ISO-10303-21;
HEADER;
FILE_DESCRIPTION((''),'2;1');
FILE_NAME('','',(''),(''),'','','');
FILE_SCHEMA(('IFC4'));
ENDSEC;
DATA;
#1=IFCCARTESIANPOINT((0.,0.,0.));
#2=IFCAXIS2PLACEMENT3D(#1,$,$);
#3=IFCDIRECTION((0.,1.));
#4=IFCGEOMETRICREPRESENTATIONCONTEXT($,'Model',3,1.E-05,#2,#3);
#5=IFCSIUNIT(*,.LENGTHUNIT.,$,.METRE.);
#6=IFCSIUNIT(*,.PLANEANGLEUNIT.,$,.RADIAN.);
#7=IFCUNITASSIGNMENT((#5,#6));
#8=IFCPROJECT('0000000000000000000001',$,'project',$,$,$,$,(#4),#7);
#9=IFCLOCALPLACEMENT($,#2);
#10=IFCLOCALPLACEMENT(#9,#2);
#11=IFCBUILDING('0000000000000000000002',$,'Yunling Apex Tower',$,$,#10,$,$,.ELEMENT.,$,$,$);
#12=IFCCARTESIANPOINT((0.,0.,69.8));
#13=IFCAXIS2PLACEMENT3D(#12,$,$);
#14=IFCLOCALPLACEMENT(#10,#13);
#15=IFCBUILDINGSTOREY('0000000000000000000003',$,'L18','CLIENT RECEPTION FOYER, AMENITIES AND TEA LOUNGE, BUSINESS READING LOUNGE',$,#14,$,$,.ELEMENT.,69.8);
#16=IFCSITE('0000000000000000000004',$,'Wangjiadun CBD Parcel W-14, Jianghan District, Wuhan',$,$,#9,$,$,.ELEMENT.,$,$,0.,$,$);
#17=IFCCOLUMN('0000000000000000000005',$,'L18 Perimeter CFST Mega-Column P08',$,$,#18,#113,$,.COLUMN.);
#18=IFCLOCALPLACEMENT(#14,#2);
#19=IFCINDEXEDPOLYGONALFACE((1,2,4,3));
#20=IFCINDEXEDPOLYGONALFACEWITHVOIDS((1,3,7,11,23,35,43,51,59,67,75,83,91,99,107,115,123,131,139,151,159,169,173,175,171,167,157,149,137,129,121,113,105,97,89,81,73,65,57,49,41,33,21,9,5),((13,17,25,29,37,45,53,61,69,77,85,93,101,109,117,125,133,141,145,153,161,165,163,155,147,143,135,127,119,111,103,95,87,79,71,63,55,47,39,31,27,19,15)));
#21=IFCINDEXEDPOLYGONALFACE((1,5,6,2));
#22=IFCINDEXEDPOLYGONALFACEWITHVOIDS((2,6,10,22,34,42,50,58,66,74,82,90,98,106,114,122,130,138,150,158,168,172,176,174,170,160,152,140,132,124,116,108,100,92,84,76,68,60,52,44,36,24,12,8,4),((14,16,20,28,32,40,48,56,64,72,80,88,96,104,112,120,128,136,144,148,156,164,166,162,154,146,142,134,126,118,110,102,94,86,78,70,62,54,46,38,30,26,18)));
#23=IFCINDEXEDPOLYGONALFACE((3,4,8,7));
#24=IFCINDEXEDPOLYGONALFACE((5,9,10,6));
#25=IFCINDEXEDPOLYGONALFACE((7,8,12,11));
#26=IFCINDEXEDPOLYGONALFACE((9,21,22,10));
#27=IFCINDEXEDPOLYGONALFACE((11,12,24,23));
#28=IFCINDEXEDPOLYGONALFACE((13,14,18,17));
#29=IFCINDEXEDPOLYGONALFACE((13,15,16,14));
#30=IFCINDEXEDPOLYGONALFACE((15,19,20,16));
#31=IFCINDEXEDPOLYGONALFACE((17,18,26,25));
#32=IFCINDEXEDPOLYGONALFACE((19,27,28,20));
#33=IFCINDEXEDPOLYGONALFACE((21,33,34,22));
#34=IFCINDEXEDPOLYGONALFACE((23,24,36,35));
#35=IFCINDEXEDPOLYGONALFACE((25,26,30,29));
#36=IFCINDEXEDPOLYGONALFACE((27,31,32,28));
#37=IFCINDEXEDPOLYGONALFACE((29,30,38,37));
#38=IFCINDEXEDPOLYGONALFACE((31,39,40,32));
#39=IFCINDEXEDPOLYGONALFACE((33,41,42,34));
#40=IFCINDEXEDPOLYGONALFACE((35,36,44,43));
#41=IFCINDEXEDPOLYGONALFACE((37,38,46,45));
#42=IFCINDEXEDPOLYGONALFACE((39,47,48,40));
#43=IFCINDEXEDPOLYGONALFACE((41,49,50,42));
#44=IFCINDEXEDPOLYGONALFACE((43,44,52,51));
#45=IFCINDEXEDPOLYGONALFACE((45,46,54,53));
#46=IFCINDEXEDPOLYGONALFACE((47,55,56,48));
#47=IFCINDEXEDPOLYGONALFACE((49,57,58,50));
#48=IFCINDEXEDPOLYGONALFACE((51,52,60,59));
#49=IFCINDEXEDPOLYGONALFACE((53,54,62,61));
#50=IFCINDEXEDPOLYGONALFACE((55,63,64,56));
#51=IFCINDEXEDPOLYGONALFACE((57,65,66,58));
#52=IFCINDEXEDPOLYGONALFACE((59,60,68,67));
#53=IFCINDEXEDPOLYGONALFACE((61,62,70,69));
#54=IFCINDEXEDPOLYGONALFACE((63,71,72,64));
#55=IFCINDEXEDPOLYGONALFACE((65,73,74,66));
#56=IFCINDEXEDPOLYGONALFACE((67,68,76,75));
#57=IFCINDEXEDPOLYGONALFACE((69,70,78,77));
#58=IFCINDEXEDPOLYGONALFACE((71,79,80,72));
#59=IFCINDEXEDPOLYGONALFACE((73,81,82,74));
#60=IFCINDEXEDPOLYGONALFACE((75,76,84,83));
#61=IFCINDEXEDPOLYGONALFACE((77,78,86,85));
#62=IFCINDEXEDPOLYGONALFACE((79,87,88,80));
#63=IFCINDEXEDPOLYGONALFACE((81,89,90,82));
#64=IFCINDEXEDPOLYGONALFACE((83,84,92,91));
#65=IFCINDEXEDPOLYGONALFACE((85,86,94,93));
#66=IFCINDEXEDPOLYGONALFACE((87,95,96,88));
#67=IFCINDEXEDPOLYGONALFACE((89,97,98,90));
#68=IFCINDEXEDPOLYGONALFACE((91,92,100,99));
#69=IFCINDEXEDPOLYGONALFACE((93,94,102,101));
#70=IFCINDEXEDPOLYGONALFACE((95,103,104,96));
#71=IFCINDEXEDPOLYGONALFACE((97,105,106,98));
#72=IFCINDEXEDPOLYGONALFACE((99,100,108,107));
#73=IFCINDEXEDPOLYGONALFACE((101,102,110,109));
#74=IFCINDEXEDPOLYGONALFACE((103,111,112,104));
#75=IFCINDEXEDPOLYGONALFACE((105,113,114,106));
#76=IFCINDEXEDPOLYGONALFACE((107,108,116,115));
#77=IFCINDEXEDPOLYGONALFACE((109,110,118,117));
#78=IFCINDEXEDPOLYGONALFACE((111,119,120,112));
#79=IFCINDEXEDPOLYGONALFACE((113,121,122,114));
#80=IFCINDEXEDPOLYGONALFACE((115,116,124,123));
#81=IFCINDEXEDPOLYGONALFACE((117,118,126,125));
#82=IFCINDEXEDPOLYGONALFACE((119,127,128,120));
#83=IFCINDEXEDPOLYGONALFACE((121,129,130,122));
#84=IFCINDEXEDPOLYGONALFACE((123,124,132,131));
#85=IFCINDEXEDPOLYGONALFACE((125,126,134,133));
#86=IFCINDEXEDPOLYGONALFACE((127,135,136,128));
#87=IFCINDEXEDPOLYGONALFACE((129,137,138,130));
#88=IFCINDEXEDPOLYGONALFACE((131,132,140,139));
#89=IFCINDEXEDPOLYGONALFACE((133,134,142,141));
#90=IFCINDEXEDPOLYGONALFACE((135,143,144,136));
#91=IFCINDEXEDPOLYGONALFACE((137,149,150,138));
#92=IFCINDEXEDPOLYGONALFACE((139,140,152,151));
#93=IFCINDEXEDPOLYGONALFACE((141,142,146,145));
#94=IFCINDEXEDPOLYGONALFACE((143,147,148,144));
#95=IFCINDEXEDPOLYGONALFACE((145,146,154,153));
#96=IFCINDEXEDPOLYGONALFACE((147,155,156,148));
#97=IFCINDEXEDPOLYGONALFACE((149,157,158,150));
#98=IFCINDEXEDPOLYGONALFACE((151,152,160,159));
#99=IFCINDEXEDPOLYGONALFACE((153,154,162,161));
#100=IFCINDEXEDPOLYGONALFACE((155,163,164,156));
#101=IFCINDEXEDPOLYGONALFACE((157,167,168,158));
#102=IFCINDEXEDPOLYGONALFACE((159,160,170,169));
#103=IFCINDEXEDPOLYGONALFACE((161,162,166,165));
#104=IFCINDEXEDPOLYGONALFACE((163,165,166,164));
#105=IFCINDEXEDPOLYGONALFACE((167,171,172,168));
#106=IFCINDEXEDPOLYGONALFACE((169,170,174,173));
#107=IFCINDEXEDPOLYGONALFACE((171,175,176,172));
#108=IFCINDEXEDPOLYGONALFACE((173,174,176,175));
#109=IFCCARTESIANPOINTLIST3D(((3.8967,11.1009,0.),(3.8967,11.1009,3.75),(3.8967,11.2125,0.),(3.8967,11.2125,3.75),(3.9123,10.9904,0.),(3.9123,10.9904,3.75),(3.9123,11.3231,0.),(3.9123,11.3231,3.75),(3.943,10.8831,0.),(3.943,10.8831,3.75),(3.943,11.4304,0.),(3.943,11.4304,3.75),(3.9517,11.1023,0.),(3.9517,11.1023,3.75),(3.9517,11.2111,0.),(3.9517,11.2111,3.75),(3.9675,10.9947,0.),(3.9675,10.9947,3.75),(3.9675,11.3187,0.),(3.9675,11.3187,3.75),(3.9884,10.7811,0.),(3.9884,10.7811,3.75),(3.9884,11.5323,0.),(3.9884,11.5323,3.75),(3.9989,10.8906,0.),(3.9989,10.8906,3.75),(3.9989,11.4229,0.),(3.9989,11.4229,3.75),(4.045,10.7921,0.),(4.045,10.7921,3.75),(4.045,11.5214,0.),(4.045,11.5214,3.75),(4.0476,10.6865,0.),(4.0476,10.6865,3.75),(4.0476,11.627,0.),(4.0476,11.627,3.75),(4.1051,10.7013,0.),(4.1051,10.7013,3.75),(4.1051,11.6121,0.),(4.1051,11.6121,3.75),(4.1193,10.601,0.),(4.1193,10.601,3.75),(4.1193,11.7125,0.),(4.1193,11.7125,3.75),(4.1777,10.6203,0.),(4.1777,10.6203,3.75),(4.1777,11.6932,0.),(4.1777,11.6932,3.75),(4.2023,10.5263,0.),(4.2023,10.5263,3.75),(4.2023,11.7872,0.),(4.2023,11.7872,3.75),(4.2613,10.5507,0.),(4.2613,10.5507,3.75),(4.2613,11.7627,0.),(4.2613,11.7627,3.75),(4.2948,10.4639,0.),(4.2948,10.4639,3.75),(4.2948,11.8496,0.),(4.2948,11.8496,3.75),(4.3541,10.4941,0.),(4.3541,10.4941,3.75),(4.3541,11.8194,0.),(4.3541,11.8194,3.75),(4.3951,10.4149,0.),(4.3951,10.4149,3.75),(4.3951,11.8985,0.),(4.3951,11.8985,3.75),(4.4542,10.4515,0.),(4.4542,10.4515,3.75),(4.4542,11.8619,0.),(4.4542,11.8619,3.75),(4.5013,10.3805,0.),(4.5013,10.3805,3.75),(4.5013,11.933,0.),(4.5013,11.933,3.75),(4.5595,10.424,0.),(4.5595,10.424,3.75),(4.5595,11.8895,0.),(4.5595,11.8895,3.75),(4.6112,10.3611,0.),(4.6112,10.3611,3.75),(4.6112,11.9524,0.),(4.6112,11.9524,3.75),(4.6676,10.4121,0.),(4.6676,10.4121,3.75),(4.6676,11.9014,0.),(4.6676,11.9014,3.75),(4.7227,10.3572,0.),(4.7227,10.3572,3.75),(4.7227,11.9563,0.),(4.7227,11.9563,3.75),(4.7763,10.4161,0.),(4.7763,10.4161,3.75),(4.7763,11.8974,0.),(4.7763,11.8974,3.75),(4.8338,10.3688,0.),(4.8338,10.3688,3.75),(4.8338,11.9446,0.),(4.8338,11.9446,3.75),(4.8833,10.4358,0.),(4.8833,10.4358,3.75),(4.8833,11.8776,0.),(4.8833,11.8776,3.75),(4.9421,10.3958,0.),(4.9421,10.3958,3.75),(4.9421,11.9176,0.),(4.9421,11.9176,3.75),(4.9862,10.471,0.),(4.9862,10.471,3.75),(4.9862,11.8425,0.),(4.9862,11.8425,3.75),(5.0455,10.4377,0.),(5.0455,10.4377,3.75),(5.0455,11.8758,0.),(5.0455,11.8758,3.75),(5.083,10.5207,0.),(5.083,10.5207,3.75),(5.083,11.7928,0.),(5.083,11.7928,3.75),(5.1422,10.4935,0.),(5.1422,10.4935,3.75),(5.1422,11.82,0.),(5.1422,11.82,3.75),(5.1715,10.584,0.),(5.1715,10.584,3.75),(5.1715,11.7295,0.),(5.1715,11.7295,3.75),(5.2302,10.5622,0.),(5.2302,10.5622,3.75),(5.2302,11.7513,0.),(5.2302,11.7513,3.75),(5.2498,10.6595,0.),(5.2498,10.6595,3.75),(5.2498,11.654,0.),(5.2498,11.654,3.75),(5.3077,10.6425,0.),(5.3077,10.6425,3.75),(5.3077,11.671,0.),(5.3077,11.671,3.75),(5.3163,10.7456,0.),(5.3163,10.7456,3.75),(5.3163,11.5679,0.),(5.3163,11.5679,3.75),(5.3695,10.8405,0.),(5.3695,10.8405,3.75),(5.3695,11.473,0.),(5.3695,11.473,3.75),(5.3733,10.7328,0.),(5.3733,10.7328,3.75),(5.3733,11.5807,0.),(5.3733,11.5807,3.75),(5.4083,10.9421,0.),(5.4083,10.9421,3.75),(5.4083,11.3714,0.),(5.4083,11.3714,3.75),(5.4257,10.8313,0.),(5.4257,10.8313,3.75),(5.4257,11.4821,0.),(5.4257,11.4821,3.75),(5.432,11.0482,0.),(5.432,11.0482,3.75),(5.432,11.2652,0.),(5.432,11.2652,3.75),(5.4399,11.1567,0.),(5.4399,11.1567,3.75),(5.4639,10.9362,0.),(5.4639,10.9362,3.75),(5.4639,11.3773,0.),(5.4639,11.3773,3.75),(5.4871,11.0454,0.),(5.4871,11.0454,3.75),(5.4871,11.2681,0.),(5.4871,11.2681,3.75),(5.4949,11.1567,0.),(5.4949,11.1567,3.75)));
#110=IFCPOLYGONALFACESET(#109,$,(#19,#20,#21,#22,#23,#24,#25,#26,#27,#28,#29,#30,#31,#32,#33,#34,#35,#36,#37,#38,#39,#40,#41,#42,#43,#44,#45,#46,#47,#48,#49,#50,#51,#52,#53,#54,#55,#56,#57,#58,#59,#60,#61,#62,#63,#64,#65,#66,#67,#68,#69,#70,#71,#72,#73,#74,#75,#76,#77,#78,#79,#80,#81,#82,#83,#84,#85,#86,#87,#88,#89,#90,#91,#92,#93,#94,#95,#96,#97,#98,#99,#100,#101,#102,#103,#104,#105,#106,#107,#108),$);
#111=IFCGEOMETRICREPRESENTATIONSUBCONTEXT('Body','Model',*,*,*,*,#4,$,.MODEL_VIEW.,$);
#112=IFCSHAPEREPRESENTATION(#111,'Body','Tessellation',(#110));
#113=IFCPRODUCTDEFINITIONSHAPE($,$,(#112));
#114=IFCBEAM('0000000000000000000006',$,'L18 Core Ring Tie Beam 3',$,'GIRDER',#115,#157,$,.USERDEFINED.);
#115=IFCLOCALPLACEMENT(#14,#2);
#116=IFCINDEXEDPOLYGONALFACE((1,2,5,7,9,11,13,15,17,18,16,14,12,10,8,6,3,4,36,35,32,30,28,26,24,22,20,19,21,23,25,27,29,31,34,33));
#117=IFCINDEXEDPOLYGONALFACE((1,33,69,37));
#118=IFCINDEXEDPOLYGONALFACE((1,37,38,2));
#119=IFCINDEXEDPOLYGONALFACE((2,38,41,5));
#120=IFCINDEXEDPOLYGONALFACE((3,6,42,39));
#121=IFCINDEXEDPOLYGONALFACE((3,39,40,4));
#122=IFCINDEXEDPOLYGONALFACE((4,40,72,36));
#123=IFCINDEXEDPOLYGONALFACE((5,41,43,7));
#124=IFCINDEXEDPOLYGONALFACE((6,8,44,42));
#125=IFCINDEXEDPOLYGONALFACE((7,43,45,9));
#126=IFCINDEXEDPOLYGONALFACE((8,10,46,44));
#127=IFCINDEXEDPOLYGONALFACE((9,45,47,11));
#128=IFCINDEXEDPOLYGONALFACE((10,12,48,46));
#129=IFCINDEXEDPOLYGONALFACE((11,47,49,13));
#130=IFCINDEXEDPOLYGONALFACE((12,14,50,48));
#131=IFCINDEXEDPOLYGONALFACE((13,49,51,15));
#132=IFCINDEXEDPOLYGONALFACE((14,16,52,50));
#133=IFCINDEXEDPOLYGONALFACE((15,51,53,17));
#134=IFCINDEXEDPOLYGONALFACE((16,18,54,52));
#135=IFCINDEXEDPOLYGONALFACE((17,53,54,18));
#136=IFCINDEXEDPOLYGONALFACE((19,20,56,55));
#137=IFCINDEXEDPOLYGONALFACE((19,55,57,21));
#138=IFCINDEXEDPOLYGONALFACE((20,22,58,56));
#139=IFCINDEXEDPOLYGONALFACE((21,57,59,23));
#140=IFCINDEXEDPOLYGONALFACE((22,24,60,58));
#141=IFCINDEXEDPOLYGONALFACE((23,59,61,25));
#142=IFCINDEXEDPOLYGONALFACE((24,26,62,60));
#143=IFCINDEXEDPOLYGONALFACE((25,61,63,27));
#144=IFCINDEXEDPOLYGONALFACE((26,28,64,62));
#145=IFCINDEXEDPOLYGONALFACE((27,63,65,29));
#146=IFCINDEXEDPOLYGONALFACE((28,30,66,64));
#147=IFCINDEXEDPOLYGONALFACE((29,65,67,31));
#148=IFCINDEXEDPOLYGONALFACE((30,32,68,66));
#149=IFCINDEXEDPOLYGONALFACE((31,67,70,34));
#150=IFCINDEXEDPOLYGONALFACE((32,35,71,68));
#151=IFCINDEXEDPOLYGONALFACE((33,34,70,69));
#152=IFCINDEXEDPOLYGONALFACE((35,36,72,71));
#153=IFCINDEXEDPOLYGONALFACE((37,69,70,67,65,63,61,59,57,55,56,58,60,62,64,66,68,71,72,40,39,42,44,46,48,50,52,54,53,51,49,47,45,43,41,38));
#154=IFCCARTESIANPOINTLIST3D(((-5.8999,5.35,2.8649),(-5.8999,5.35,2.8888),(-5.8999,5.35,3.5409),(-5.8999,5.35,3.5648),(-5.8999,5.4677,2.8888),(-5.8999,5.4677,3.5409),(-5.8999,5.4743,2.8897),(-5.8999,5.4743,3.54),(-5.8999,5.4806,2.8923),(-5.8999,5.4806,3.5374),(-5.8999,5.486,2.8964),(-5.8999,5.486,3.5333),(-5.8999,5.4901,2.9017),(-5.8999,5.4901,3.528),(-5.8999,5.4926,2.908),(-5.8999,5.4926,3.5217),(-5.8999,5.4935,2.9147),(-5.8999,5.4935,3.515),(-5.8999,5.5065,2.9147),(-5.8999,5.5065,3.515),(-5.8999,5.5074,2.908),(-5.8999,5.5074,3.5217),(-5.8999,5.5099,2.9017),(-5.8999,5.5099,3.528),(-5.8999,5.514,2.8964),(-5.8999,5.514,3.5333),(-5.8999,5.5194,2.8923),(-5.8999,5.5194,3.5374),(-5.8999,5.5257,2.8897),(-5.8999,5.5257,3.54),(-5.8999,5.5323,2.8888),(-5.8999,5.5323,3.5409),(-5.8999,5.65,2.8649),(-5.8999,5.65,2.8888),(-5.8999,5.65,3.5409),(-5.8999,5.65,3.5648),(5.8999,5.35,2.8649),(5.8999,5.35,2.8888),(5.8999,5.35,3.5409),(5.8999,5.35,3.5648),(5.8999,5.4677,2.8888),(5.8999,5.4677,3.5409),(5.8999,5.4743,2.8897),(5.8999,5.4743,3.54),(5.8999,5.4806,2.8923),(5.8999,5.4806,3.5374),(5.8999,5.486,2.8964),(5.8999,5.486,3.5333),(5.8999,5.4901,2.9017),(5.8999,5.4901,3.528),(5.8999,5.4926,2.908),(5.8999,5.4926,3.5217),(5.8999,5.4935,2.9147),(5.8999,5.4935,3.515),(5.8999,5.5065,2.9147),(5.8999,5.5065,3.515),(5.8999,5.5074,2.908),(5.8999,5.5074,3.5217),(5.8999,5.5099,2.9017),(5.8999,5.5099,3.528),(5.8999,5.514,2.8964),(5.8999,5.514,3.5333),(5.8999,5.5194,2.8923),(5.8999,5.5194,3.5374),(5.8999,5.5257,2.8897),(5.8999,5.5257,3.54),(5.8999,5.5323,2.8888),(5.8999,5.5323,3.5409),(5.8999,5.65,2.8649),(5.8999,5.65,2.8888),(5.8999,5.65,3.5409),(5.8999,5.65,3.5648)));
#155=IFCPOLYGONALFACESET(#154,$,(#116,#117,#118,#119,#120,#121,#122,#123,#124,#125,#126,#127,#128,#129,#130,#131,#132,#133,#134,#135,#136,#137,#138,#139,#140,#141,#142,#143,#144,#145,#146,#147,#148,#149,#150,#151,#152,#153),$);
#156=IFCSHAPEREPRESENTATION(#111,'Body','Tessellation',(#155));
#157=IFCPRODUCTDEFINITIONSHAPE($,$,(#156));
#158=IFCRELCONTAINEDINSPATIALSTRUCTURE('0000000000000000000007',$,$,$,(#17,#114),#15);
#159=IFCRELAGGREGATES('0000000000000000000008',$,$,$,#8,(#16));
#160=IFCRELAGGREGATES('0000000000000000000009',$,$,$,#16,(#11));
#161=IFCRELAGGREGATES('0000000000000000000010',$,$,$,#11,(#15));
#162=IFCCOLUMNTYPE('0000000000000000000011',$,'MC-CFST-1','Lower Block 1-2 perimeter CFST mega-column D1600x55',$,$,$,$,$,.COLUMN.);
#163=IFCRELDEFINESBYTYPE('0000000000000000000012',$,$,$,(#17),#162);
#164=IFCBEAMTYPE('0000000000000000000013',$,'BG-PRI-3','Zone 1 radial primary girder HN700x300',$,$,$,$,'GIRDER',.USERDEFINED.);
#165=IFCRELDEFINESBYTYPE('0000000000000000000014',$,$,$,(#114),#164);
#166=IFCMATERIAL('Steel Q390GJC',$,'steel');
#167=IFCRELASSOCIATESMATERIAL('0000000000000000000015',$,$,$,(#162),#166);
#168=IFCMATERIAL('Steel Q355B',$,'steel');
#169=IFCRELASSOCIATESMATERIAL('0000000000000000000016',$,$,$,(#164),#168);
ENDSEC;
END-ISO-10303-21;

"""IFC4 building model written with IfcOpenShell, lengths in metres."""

from ifc_helpers import new_model, si_unit, direction, frame, origin, origin_2d, place, context, subcontext, project, spatial, hollow_circle, i_section, extrude, source, transform, mapped, material, material_profile, profile_set, type_object, element, save


model = new_model("IFC4")

# Units and contexts
model_context = context("Model", 3, precision=1e-05, world=origin(), true_north=direction((0.0, 1.0)))
body_context = subcontext(model_context, "Body", "Model", "MODEL_VIEW")
ifc_project = project(units=[si_unit("LENGTHUNIT", "METRE"), si_unit("PLANEANGLEUNIT", "RADIAN")], contexts=[model_context])

# Site, building, storey
site_placement = place(None, origin())
site = spatial("IfcSite", under=ifc_project, at=site_placement, Name="Wangjiadun CBD Parcel W-14, Jianghan District, Wuhan", CompositionType="ELEMENT", RefElevation=0.0)
building_placement = place(site_placement, origin())
building = spatial("IfcBuilding", under=site, at=building_placement, Name="Yunling Apex Tower", CompositionType="ELEMENT")
storey_placement = place(building_placement, frame((0.0, 0.0, 69.8)))
storey = spatial("IfcBuildingStorey", under=building, at=storey_placement, Name="L18", Description="CLIENT RECEPTION FOYER, AMENITIES AND TEA LOUNGE, BUSINESS READING LOUNGE", CompositionType="ELEMENT", Elevation=69.8)

# Column
ifc_material_1 = material(Name="Steel Q390GJC", Category="steel")
ifc_material_profile_1 = material_profile(ifc_material_1, hollow_circle(Radius=0.8, WallThickness=0.0549, at=origin_2d()))
ifc_profile_set_1 = profile_set([ifc_material_profile_1], Name="Steel Q390GJC")
column_type = type_object("IfcColumnType", Name="MC-CFST-1", Description="Lower Block 1-2 perimeter CFST mega-column D1600x55", PredefinedType="COLUMN", material=ifc_profile_set_1)
shared_shape_1 = source(origin(), body_context, "Body", "SweptSolid", [
    extrude(hollow_circle(Radius=0.8, WallThickness=0.0549, at=origin_2d()), origin(), (0.0, 0.0, 1.0), 3.75),
])
column_placement = place(storey_placement, frame((4.6948, 11.1567, 0.0), z_axis=(0.0, 0.0, 1.0), x_axis=(1.0, 0.0, 0.0)))
element("IfcColumn", 1, at=column_placement, inside=storey, type_object=column_type, Name="L18 Perimeter CFST Mega-Column P08", PredefinedType="COLUMN", context=body_context, shape_type="MappedRepresentation", body=[
    mapped(shared_shape_1, transform((0.0, 0.0, 0.0), scale=1.0)),
])

# Beam
ifc_material_2 = material(Name="Steel Q355B", Category="steel")
ifc_material_profile_2 = material_profile(ifc_material_2, i_section(OverallWidth=0.3, OverallDepth=0.7, WebThickness=0.0129, FlangeThickness=0.0239, FilletRadius=0.0259, at=origin_2d()))
ifc_profile_set_2 = profile_set([ifc_material_profile_2], Name="Steel Q355B")
beam_type_1 = type_object("IfcBeamType", Name="BG-PRI-3", Description="Zone 1 radial primary girder HN700x300", ElementType="GIRDER", PredefinedType="USERDEFINED", material=ifc_profile_set_2)
shared_shape_2 = source(origin(), body_context, "Body", "SweptSolid", [
    extrude(i_section(OverallWidth=0.3, OverallDepth=0.7, WebThickness=0.0129, FlangeThickness=0.0239, FilletRadius=0.0259, at=origin_2d()), origin(), (0.0, 0.0, 1.0), 11.7998),
])
beam_1_placement = place(storey_placement, frame((5.8999, 5.5, 3.2148), z_axis=(-1.0, 0.0, 0.0), x_axis=(0.0, -1.0, 0.0)))
element("IfcBeam", 2, at=beam_1_placement, inside=storey, type_object=beam_type_1, Name="L18 Core Ring Tie Beam 3", ObjectType="GIRDER", PredefinedType="USERDEFINED", context=body_context, shape_type="MappedRepresentation", body=[
    mapped(shared_shape_2, transform((0.0, 0.0, 0.0), scale=1.0)),
])

save(model, "model.ifc")
